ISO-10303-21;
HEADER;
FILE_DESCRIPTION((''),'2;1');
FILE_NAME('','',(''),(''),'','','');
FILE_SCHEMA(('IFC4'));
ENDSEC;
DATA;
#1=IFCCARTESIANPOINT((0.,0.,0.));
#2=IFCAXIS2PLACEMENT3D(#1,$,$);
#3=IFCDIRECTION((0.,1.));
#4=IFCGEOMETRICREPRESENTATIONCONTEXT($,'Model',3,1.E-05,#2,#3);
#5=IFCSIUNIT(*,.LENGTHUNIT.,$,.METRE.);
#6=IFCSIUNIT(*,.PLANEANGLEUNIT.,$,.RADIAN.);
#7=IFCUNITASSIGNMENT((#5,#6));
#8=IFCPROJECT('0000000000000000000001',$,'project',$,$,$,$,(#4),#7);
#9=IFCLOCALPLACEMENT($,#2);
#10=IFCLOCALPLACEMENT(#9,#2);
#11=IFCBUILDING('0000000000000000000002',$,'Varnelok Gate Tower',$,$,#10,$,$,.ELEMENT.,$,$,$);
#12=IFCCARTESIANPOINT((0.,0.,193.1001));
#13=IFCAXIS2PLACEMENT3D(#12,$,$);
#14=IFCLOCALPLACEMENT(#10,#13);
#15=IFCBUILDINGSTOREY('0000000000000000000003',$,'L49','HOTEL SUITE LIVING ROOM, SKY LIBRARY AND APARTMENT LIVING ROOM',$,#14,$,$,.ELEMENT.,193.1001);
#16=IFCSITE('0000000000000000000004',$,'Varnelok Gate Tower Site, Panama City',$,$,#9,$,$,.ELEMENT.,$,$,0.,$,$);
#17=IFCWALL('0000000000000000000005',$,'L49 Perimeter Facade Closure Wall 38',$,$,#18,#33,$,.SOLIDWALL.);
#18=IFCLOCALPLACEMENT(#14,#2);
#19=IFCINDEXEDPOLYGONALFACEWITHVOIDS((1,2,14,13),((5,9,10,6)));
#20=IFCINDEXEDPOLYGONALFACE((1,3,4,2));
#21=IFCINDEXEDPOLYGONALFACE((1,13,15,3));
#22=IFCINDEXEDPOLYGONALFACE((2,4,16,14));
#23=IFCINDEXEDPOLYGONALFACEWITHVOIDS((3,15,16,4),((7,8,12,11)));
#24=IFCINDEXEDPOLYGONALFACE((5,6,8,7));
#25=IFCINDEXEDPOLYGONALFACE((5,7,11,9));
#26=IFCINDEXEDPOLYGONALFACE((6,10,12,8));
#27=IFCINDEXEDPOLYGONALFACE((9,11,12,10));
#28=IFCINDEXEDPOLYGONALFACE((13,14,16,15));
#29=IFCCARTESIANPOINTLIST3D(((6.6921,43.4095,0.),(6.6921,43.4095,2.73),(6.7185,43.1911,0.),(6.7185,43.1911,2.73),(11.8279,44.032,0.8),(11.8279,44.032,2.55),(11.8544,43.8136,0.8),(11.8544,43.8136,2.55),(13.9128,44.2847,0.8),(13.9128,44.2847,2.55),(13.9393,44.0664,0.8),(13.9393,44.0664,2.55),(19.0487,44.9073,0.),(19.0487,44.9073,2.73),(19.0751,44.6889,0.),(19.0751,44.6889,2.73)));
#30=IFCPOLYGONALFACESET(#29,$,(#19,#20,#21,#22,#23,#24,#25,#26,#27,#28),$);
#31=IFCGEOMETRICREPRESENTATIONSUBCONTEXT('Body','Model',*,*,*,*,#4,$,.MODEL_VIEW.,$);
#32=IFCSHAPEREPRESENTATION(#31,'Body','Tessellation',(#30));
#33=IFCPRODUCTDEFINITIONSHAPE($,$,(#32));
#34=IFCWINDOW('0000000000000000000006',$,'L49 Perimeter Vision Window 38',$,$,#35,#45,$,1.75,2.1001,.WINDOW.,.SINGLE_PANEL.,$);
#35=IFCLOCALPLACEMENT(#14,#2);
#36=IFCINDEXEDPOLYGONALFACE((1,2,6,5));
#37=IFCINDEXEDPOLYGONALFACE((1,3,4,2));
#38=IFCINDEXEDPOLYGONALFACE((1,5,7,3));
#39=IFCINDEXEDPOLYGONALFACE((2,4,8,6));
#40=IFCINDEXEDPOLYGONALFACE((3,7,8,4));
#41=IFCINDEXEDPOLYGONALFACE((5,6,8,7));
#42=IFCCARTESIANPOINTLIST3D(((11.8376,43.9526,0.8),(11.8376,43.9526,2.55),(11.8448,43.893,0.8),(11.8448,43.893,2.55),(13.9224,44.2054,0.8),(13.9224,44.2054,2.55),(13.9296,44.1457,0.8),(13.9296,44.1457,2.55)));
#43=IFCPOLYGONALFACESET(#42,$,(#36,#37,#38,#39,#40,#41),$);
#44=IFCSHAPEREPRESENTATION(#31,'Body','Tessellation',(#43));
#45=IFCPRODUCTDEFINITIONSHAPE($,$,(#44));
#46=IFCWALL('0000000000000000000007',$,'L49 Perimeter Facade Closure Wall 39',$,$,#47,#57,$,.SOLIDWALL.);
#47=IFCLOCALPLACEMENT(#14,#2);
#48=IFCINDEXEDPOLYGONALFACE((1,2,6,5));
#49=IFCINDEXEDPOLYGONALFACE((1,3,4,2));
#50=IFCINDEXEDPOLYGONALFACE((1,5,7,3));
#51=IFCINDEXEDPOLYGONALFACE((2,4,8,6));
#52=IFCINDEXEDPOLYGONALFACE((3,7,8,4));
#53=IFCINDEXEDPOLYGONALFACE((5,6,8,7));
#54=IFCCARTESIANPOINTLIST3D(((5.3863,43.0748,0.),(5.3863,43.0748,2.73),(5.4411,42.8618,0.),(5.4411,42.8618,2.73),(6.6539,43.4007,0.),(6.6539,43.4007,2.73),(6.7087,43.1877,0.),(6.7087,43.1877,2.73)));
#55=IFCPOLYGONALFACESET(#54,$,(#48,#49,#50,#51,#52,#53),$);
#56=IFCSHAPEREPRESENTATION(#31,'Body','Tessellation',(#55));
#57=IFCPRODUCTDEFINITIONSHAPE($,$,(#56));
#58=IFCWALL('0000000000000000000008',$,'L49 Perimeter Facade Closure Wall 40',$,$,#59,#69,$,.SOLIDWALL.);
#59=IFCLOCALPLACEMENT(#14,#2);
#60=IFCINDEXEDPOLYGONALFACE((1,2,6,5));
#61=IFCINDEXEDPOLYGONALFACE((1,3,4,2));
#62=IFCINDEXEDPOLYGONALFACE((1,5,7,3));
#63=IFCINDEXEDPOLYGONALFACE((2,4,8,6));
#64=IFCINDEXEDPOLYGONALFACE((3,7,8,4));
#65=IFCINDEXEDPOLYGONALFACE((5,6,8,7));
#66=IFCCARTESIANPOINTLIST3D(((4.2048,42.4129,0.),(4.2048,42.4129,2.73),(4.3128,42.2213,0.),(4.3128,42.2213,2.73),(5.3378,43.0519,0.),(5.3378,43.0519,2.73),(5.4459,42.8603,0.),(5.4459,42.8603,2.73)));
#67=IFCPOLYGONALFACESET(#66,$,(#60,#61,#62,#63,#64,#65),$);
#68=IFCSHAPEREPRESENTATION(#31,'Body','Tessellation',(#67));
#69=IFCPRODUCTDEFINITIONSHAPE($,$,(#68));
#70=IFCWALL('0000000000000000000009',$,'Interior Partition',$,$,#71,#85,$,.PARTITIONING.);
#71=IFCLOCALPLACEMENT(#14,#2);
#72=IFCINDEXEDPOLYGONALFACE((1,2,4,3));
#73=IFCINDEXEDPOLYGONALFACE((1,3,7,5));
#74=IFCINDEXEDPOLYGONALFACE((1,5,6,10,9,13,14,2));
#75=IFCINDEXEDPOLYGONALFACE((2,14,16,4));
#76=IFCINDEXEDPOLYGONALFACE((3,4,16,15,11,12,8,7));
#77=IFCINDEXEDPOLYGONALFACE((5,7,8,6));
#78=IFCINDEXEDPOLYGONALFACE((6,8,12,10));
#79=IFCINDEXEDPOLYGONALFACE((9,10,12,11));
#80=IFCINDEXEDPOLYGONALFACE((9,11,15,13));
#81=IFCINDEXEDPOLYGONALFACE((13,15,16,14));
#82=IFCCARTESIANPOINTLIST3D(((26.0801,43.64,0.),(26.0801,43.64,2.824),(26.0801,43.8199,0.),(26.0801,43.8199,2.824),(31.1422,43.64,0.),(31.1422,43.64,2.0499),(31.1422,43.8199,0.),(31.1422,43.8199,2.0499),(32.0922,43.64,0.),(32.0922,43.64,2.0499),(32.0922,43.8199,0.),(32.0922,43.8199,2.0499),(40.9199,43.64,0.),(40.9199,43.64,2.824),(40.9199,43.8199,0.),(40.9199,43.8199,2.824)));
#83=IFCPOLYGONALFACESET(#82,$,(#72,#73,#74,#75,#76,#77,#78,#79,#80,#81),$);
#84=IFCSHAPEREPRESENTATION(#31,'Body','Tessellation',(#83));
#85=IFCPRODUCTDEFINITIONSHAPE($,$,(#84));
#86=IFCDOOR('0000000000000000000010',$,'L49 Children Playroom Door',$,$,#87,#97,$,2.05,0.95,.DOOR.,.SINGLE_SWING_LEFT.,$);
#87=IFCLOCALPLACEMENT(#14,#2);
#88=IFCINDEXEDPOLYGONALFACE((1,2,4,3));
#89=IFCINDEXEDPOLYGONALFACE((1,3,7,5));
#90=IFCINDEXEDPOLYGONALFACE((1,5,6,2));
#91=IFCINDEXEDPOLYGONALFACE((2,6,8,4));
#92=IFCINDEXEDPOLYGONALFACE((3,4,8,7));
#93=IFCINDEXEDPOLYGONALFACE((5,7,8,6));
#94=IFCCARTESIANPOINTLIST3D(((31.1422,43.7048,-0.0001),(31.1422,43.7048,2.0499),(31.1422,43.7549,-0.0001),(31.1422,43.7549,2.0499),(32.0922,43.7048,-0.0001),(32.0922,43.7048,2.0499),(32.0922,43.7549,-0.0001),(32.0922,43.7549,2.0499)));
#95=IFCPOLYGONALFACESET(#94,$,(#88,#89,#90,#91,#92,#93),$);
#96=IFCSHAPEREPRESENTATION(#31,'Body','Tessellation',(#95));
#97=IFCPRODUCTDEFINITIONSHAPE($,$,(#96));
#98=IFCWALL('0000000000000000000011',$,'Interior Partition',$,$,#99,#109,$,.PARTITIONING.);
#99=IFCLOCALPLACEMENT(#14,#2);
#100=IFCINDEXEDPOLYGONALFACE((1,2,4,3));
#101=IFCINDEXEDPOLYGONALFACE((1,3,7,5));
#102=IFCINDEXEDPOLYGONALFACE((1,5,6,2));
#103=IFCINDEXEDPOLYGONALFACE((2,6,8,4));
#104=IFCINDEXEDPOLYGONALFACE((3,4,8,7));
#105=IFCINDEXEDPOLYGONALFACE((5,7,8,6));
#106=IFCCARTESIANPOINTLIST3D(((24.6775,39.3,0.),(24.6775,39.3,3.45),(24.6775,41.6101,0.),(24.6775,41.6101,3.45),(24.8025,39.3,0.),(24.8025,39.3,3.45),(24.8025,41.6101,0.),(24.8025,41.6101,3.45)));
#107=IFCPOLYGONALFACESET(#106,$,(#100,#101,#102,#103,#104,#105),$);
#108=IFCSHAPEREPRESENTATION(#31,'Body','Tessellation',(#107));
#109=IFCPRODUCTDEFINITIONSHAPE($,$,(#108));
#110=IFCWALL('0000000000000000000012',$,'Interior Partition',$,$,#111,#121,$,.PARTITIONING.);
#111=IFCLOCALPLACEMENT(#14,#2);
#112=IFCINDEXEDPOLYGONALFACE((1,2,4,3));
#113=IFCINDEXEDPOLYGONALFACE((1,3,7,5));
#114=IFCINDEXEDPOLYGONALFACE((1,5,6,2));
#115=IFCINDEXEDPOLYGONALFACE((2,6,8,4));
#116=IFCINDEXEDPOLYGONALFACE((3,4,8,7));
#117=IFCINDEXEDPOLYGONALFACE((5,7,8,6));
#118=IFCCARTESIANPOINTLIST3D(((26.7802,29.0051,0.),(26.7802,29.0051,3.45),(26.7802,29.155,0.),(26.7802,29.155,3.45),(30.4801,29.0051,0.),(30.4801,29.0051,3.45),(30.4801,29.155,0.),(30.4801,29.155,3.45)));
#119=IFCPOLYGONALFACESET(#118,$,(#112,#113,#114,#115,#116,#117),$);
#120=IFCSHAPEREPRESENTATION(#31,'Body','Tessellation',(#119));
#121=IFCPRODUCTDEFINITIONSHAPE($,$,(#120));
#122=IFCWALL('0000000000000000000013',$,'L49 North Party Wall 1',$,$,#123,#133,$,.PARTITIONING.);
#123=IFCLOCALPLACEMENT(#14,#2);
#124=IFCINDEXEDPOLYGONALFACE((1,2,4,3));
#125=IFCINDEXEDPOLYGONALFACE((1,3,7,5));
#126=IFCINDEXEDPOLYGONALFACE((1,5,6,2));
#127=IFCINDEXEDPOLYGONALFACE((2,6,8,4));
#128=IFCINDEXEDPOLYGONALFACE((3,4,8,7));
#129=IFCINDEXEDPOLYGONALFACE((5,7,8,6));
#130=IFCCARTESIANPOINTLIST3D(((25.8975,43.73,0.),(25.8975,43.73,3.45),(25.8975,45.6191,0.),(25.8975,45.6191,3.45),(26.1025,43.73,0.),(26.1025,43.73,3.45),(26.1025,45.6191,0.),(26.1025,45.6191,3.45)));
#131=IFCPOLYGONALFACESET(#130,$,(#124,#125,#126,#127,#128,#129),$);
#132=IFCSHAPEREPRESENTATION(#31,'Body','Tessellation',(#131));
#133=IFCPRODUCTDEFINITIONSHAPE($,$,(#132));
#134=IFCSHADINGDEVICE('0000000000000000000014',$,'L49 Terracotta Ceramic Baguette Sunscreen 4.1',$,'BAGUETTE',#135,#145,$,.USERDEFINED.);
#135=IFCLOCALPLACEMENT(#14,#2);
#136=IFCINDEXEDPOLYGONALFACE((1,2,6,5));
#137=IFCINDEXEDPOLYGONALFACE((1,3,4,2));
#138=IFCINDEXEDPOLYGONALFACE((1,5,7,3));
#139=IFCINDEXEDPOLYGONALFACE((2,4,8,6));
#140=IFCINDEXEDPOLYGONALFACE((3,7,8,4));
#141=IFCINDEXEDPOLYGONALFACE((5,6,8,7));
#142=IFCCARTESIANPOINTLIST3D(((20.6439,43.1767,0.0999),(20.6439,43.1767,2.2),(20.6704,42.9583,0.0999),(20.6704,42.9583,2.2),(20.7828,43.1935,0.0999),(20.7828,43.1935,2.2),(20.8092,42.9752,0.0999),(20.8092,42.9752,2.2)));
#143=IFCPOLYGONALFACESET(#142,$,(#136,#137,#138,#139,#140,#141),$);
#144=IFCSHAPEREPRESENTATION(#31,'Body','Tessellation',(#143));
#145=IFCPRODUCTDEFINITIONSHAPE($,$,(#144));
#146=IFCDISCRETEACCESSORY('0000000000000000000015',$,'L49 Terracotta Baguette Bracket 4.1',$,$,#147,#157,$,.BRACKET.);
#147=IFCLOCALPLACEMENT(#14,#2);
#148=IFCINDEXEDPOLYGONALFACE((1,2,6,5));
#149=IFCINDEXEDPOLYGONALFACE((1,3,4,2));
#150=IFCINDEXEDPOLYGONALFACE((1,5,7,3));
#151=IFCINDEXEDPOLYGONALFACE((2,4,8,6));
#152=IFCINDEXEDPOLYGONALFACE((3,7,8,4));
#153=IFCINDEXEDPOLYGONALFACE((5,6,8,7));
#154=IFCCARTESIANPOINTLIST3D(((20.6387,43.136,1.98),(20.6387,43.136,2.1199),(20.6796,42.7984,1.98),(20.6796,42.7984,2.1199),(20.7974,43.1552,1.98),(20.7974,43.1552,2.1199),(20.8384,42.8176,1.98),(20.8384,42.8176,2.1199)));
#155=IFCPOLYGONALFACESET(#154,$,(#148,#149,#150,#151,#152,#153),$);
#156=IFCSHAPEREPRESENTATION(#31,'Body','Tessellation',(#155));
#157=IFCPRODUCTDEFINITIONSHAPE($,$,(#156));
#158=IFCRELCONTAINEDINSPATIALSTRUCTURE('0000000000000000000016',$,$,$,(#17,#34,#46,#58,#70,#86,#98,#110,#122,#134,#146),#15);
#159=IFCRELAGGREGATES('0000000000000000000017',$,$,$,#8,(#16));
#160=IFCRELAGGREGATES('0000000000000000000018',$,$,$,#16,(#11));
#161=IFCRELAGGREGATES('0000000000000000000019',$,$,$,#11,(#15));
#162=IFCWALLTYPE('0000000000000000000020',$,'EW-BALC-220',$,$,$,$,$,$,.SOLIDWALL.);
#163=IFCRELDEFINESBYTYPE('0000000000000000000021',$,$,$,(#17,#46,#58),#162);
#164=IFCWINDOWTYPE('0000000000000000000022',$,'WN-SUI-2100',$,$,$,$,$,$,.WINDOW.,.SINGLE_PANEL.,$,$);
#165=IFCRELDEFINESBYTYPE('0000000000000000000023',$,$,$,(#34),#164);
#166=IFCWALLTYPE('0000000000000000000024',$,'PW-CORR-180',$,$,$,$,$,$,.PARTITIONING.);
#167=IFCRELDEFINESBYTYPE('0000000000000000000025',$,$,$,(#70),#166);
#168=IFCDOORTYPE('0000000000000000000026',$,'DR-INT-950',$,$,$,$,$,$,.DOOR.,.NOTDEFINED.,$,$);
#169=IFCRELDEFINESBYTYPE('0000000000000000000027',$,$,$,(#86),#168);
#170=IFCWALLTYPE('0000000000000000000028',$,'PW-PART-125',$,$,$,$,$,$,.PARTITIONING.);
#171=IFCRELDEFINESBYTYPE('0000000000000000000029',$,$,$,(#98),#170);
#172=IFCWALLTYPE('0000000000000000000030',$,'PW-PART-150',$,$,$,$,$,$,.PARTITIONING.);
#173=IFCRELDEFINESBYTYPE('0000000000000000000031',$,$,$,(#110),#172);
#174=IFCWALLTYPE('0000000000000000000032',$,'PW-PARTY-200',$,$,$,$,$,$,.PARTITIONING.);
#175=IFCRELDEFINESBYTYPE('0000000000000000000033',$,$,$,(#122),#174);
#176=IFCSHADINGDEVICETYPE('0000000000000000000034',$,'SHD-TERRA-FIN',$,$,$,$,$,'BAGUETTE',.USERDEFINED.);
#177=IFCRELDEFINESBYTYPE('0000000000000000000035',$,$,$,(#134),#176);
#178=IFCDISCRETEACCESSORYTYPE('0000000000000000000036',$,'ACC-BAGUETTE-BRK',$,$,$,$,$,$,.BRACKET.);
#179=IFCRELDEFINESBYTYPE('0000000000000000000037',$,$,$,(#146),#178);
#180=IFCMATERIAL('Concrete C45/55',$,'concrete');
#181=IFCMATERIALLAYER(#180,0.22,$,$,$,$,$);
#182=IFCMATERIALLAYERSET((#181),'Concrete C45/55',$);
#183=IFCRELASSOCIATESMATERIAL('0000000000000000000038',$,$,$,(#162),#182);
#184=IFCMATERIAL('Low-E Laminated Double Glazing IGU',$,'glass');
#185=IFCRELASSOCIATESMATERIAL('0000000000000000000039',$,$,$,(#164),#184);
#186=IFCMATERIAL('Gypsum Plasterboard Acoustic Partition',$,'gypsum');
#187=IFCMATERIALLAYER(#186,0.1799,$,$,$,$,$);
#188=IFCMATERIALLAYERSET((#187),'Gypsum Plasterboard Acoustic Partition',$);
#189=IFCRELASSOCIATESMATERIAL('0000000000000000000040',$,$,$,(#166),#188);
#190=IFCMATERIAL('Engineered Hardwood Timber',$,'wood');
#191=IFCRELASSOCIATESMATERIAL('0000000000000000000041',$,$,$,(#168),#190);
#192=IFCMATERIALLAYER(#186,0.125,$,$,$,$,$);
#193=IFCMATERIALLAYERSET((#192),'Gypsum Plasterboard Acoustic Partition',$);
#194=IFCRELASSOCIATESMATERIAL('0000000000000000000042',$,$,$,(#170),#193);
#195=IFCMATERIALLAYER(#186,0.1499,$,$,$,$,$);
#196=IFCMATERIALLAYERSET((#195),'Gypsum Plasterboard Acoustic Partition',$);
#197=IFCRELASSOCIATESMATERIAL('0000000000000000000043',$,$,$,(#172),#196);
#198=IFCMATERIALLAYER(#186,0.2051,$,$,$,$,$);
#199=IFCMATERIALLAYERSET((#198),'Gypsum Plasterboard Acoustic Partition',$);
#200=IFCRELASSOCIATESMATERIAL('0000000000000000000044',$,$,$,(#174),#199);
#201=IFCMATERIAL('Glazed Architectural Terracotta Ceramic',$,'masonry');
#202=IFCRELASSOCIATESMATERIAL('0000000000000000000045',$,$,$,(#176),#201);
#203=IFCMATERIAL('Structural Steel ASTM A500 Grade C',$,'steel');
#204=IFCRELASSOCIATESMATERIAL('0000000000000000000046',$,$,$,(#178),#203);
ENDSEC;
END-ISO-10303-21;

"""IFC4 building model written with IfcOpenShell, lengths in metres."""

from ifc_helpers import new_model, si_unit, direction, frame, frame_2d, origin, origin_2d, place, context, subcontext, project, spatial, rectangle, extrude, source, transform, mapped, material, layer, layer_set, type_object, element, fill, save


model = new_model("IFC4")

# Units and contexts
model_context = context("Model", 3, precision=1e-05, world=origin(), true_north=direction((0.0, 1.0)))
body_context = subcontext(model_context, "Body", "Model", "MODEL_VIEW")
ifc_project = project(units=[si_unit("LENGTHUNIT", "METRE"), si_unit("PLANEANGLEUNIT", "RADIAN")], contexts=[model_context])

# Site, building, storey
site_placement = place(None, origin())
site = spatial("IfcSite", under=ifc_project, at=site_placement, Name="Varnelok Gate Tower Site, Panama City", CompositionType="ELEMENT", RefElevation=0.0)
building_placement = place(site_placement, origin())
building = spatial("IfcBuilding", under=site, at=building_placement, Name="Varnelok Gate Tower", CompositionType="ELEMENT")
storey_placement = place(building_placement, frame((0.0, 0.0, 193.1001)))
storey = spatial("IfcBuildingStorey", under=building, at=storey_placement, Name="L49", Description="HOTEL SUITE LIVING ROOM, SKY LIBRARY AND APARTMENT LIVING ROOM", CompositionType="ELEMENT", Elevation=193.1001)

# Shared definitions
ifc_material_1 = material(Name="Concrete C45/55", Category="concrete")
ifc_layer_1 = layer(ifc_material_1, 0.22)
ifc_layer_set_1 = layer_set([ifc_layer_1], Name="Concrete C45/55")
wall_type_1 = type_object("IfcWallType", Name="EW-BALC-220", PredefinedType="SOLIDWALL", material=ifc_layer_set_1)
ifc_material_2 = material(Name="Low-E Laminated Double Glazing IGU", Category="glass")

# Wall, opening, window
wall_1_placement = place(storey_placement, frame((19.062, 44.7981, 0.0), z_axis=(0.0, 0.0, 1.0), x_axis=(-0.992734, -0.120333, 0.0)))
wall_1 = element("IfcWall", 1, at=wall_1_placement, inside=storey, type_object=wall_type_1, Name="L49 Perimeter Facade Closure Wall 38", PredefinedType="SOLIDWALL", context=body_context, shape_type="SweptSolid", body=[
    extrude(rectangle(XDim=12.447, YDim=0.22, at=frame_2d((6.2236, 0.0))), origin(), (0.0, 0.0, 1.0), 2.73),
])
opening_1_placement = place(wall_1_placement, frame((5.1736, 0.0, 0.8)))
opening_1 = element("IfcOpeningElement", 2, at=opening_1_placement, cuts=wall_1, PredefinedType="OPENING", context=body_context, shape_type="SweptSolid", body=[
    extrude(rectangle(XDim=2.1001, YDim=1.75, at=frame_2d((1.05, 0.875))), frame((0.0, 0.1199, 0.0), z_axis=(0.0, -1.0, 0.0), x_axis=(1.0, 0.0, 0.0)), (0.0, 0.0, 1.0), 0.24),
])
window_type_1 = type_object("IfcWindowType", Name="WN-SUI-2100", PartitioningType="SINGLE_PANEL", PredefinedType="WINDOW", material=ifc_material_2)
window_1_placement = place(opening_1_placement, origin())
window_1 = element("IfcWindow", 3, at=window_1_placement, inside=storey, type_object=window_type_1, Name="L49 Perimeter Vision Window 38", OverallHeight=1.75, OverallWidth=2.1001, PartitioningType="SINGLE_PANEL", PredefinedType="WINDOW", context=body_context, shape_type="SweptSolid", body=[
    extrude(rectangle(XDim=2.1001, YDim=1.75, at=frame_2d((1.05, 0.875))), frame((0.0, 0.03, 0.0), z_axis=(0.0, -1.0, 0.0), x_axis=(1.0, 0.0, 0.0)), (0.0, 0.0, 1.0), 0.0601),
])
fill(opening_1, window_1)

# Walls
wall_2_placement = place(storey_placement, frame((6.6812, 43.2942, 0.0), z_axis=(0.0, 0.0, 1.0), x_axis=(-0.968497, -0.249026, 0.0)))
element("IfcWall", 4, at=wall_2_placement, inside=storey, type_object=wall_type_1, Name="L49 Perimeter Facade Closure Wall 39", PredefinedType="SOLIDWALL", context=body_context, shape_type="SweptSolid", body=[
    extrude(rectangle(XDim=1.3088, YDim=0.22, at=frame_2d((0.6543, 0.0))), origin(), (0.0, 0.0, 1.0), 2.73),
])
wall_3_placement = place(storey_placement, frame((5.3918, 42.9561, 0.0), z_axis=(0.0, 0.0, 1.0), x_axis=(-0.871059, -0.491179, 0.0)))
element("IfcWall", 5, at=wall_3_placement, inside=storey, type_object=wall_type_1, Name="L49 Perimeter Facade Closure Wall 40", PredefinedType="SOLIDWALL", context=body_context, shape_type="SweptSolid", body=[
    extrude(rectangle(XDim=1.3008, YDim=0.22, at=frame_2d((0.6504, 0.0))), origin(), (0.0, 0.0, 1.0), 2.73),
])

# Wall, opening, door
ifc_material_3 = material(Name="Gypsum Plasterboard Acoustic Partition", Category="gypsum")
ifc_layer_2 = layer(ifc_material_3, 0.1799)
ifc_layer_set_2 = layer_set([ifc_layer_2], Name="Gypsum Plasterboard Acoustic Partition")
wall_type_2 = type_object("IfcWallType", Name="PW-CORR-180", PredefinedType="PARTITIONING", material=ifc_layer_set_2)
wall_4_placement = place(storey_placement, frame((26.0801, 43.73, 0.0), z_axis=(0.0, 0.0, 1.0), x_axis=(1.0, 0.0, 0.0)))
wall_4 = element("IfcWall", 6, at=wall_4_placement, inside=storey, type_object=wall_type_2, Name="Interior Partition", PredefinedType="PARTITIONING", context=body_context, shape_type="SweptSolid", body=[
    extrude(rectangle(XDim=14.8398, YDim=0.1799, at=frame_2d((7.4199, 0.0))), origin(), (0.0, 0.0, 1.0), 2.824),
])
opening_2_placement = place(wall_4_placement, frame((5.062, 0.0, 0.0)))
opening_2 = element("IfcOpeningElement", 7, at=opening_2_placement, cuts=wall_4, PredefinedType="OPENING", context=body_context, shape_type="SweptSolid", body=[
    extrude(rectangle(XDim=0.95, YDim=2.05, at=frame_2d((0.4751, 1.0249))), frame((0.0, 0.0999, 0.0), z_axis=(0.0, -1.0, 0.0), x_axis=(1.0, 0.0, 0.0)), (0.0, 0.0, 1.0), 0.2),
])
ifc_material_4 = material(Name="Engineered Hardwood Timber", Category="wood")
door_type_1 = type_object("IfcDoorType", Name="DR-INT-950", OperationType="NOTDEFINED", PredefinedType="DOOR", material=ifc_material_4)
door_1_placement = place(opening_2_placement, origin())
door_1 = element("IfcDoor", 8, at=door_1_placement, inside=storey, type_object=door_type_1, Name="L49 Children Playroom Door", OperationType="SINGLE_SWING_LEFT", OverallHeight=2.05, OverallWidth=0.95, PredefinedType="DOOR", context=body_context, shape_type="SweptSolid", body=[
    extrude(rectangle(XDim=0.95, YDim=2.05, at=frame_2d((0.4751, 1.0249))), frame((0.0, 0.0249, 0.0), z_axis=(0.0, -1.0, 0.0), x_axis=(1.0, 0.0, 0.0)), (0.0, 0.0, 1.0), 0.05),
])
fill(opening_2, door_1)

# Walls
ifc_layer_3 = layer(ifc_material_3, 0.125)
ifc_layer_set_3 = layer_set([ifc_layer_3], Name="Gypsum Plasterboard Acoustic Partition")
wall_type_3 = type_object("IfcWallType", Name="PW-PART-125", PredefinedType="PARTITIONING", material=ifc_layer_set_3)
wall_5_placement = place(storey_placement, frame((24.74, 39.3, 0.0), z_axis=(0.0, 0.0, 1.0), x_axis=(0.0, 1.0, 0.0)))
element("IfcWall", 9, at=wall_5_placement, inside=storey, type_object=wall_type_3, Name="Interior Partition", PredefinedType="PARTITIONING", context=body_context, shape_type="SweptSolid", body=[
    extrude(rectangle(XDim=2.3101, YDim=0.125, at=frame_2d((1.155, 0.0))), origin(), (0.0, 0.0, 1.0), 3.45),
])
ifc_layer_4 = layer(ifc_material_3, 0.1499)
ifc_layer_set_4 = layer_set([ifc_layer_4], Name="Gypsum Plasterboard Acoustic Partition")
wall_type_4 = type_object("IfcWallType", Name="PW-PART-150", PredefinedType="PARTITIONING", material=ifc_layer_set_4)
wall_6_placement = place(storey_placement, frame((26.78, 29.0801, 0.0), z_axis=(0.0, 0.0, 1.0), x_axis=(1.0, 0.0, 0.0)))
element("IfcWall", 10, at=wall_6_placement, inside=storey, type_object=wall_type_4, Name="Interior Partition", PredefinedType="PARTITIONING", context=body_context, shape_type="SweptSolid", body=[
    extrude(rectangle(XDim=3.7, YDim=0.1499, at=frame_2d((1.8501, 0.0))), origin(), (0.0, 0.0, 1.0), 3.45),
])
ifc_layer_5 = layer(ifc_material_3, 0.2051)
ifc_layer_set_5 = layer_set([ifc_layer_5], Name="Gypsum Plasterboard Acoustic Partition")
wall_type_5 = type_object("IfcWallType", Name="PW-PARTY-200", PredefinedType="PARTITIONING", material=ifc_layer_set_5)
wall_7_placement = place(storey_placement, frame((26.0, 43.73, 0.0), z_axis=(0.0, 0.0, 1.0), x_axis=(0.0, 1.0, 0.0)))
element("IfcWall", 11, at=wall_7_placement, inside=storey, type_object=wall_type_5, Name="L49 North Party Wall 1", PredefinedType="PARTITIONING", context=body_context, shape_type="SweptSolid", body=[
    extrude(rectangle(XDim=1.8892, YDim=0.2051, at=frame_2d((0.9446, 0.0))), origin(), (0.0, 0.0, 1.0), 3.45),
])

# Shading device
ifc_material_5 = material(Name="Glazed Architectural Terracotta Ceramic", Category="masonry")
shading_device_type = type_object("IfcShadingDeviceType", Name="SHD-TERRA-FIN", ElementType="BAGUETTE", PredefinedType="USERDEFINED", material=ifc_material_5)
shared_shape_1 = source(origin(), body_context, "Body", "SweptSolid", [
    extrude(rectangle(XDim=0.1399, YDim=0.22, at=origin_2d()), origin(), (0.0, 0.0, 1.0), 2.1001),
])
shading_device_placement = place(storey_placement, frame((20.7266, 43.0759, 0.0999), z_axis=(0.0, 0.0, 1.0), x_axis=(0.992732, 0.120345, 0.0)))
element("IfcShadingDevice", 12, at=shading_device_placement, inside=storey, type_object=shading_device_type, Name="L49 Terracotta Ceramic Baguette Sunscreen 4.1", ObjectType="BAGUETTE", PredefinedType="USERDEFINED", context=body_context, shape_type="MappedRepresentation", body=[
    mapped(shared_shape_1, transform((0.0, 0.0, 0.0), scale=1.0)),
])

# Discrete accessory
ifc_material_6 = material(Name="Structural Steel ASTM A500 Grade C", Category="steel")
discrete_accessory_type = type_object("IfcDiscreteAccessoryType", Name="ACC-BAGUETTE-BRK", PredefinedType="BRACKET", material=ifc_material_6)
shared_shape_2 = source(origin(), body_context, "Body", "SweptSolid", [
    extrude(rectangle(XDim=0.1599, YDim=0.3401, at=origin_2d()), origin(), (0.0, 0.0, 1.0), 0.1399),
])
discrete_accessory_placement = place(storey_placement, frame((20.7385, 42.9768, 1.98), z_axis=(0.0, 0.0, 1.0), x_axis=(0.992732, 0.120345, 0.0)))
element("IfcDiscreteAccessory", 13, at=discrete_accessory_placement, inside=storey, type_object=discrete_accessory_type, Name="L49 Terracotta Baguette Bracket 4.1", PredefinedType="BRACKET", context=body_context, shape_type="MappedRepresentation", body=[
    mapped(shared_shape_2, transform((0.0, 0.0, 0.0), scale=1.0)),
])

save(model, "model.ifc")
